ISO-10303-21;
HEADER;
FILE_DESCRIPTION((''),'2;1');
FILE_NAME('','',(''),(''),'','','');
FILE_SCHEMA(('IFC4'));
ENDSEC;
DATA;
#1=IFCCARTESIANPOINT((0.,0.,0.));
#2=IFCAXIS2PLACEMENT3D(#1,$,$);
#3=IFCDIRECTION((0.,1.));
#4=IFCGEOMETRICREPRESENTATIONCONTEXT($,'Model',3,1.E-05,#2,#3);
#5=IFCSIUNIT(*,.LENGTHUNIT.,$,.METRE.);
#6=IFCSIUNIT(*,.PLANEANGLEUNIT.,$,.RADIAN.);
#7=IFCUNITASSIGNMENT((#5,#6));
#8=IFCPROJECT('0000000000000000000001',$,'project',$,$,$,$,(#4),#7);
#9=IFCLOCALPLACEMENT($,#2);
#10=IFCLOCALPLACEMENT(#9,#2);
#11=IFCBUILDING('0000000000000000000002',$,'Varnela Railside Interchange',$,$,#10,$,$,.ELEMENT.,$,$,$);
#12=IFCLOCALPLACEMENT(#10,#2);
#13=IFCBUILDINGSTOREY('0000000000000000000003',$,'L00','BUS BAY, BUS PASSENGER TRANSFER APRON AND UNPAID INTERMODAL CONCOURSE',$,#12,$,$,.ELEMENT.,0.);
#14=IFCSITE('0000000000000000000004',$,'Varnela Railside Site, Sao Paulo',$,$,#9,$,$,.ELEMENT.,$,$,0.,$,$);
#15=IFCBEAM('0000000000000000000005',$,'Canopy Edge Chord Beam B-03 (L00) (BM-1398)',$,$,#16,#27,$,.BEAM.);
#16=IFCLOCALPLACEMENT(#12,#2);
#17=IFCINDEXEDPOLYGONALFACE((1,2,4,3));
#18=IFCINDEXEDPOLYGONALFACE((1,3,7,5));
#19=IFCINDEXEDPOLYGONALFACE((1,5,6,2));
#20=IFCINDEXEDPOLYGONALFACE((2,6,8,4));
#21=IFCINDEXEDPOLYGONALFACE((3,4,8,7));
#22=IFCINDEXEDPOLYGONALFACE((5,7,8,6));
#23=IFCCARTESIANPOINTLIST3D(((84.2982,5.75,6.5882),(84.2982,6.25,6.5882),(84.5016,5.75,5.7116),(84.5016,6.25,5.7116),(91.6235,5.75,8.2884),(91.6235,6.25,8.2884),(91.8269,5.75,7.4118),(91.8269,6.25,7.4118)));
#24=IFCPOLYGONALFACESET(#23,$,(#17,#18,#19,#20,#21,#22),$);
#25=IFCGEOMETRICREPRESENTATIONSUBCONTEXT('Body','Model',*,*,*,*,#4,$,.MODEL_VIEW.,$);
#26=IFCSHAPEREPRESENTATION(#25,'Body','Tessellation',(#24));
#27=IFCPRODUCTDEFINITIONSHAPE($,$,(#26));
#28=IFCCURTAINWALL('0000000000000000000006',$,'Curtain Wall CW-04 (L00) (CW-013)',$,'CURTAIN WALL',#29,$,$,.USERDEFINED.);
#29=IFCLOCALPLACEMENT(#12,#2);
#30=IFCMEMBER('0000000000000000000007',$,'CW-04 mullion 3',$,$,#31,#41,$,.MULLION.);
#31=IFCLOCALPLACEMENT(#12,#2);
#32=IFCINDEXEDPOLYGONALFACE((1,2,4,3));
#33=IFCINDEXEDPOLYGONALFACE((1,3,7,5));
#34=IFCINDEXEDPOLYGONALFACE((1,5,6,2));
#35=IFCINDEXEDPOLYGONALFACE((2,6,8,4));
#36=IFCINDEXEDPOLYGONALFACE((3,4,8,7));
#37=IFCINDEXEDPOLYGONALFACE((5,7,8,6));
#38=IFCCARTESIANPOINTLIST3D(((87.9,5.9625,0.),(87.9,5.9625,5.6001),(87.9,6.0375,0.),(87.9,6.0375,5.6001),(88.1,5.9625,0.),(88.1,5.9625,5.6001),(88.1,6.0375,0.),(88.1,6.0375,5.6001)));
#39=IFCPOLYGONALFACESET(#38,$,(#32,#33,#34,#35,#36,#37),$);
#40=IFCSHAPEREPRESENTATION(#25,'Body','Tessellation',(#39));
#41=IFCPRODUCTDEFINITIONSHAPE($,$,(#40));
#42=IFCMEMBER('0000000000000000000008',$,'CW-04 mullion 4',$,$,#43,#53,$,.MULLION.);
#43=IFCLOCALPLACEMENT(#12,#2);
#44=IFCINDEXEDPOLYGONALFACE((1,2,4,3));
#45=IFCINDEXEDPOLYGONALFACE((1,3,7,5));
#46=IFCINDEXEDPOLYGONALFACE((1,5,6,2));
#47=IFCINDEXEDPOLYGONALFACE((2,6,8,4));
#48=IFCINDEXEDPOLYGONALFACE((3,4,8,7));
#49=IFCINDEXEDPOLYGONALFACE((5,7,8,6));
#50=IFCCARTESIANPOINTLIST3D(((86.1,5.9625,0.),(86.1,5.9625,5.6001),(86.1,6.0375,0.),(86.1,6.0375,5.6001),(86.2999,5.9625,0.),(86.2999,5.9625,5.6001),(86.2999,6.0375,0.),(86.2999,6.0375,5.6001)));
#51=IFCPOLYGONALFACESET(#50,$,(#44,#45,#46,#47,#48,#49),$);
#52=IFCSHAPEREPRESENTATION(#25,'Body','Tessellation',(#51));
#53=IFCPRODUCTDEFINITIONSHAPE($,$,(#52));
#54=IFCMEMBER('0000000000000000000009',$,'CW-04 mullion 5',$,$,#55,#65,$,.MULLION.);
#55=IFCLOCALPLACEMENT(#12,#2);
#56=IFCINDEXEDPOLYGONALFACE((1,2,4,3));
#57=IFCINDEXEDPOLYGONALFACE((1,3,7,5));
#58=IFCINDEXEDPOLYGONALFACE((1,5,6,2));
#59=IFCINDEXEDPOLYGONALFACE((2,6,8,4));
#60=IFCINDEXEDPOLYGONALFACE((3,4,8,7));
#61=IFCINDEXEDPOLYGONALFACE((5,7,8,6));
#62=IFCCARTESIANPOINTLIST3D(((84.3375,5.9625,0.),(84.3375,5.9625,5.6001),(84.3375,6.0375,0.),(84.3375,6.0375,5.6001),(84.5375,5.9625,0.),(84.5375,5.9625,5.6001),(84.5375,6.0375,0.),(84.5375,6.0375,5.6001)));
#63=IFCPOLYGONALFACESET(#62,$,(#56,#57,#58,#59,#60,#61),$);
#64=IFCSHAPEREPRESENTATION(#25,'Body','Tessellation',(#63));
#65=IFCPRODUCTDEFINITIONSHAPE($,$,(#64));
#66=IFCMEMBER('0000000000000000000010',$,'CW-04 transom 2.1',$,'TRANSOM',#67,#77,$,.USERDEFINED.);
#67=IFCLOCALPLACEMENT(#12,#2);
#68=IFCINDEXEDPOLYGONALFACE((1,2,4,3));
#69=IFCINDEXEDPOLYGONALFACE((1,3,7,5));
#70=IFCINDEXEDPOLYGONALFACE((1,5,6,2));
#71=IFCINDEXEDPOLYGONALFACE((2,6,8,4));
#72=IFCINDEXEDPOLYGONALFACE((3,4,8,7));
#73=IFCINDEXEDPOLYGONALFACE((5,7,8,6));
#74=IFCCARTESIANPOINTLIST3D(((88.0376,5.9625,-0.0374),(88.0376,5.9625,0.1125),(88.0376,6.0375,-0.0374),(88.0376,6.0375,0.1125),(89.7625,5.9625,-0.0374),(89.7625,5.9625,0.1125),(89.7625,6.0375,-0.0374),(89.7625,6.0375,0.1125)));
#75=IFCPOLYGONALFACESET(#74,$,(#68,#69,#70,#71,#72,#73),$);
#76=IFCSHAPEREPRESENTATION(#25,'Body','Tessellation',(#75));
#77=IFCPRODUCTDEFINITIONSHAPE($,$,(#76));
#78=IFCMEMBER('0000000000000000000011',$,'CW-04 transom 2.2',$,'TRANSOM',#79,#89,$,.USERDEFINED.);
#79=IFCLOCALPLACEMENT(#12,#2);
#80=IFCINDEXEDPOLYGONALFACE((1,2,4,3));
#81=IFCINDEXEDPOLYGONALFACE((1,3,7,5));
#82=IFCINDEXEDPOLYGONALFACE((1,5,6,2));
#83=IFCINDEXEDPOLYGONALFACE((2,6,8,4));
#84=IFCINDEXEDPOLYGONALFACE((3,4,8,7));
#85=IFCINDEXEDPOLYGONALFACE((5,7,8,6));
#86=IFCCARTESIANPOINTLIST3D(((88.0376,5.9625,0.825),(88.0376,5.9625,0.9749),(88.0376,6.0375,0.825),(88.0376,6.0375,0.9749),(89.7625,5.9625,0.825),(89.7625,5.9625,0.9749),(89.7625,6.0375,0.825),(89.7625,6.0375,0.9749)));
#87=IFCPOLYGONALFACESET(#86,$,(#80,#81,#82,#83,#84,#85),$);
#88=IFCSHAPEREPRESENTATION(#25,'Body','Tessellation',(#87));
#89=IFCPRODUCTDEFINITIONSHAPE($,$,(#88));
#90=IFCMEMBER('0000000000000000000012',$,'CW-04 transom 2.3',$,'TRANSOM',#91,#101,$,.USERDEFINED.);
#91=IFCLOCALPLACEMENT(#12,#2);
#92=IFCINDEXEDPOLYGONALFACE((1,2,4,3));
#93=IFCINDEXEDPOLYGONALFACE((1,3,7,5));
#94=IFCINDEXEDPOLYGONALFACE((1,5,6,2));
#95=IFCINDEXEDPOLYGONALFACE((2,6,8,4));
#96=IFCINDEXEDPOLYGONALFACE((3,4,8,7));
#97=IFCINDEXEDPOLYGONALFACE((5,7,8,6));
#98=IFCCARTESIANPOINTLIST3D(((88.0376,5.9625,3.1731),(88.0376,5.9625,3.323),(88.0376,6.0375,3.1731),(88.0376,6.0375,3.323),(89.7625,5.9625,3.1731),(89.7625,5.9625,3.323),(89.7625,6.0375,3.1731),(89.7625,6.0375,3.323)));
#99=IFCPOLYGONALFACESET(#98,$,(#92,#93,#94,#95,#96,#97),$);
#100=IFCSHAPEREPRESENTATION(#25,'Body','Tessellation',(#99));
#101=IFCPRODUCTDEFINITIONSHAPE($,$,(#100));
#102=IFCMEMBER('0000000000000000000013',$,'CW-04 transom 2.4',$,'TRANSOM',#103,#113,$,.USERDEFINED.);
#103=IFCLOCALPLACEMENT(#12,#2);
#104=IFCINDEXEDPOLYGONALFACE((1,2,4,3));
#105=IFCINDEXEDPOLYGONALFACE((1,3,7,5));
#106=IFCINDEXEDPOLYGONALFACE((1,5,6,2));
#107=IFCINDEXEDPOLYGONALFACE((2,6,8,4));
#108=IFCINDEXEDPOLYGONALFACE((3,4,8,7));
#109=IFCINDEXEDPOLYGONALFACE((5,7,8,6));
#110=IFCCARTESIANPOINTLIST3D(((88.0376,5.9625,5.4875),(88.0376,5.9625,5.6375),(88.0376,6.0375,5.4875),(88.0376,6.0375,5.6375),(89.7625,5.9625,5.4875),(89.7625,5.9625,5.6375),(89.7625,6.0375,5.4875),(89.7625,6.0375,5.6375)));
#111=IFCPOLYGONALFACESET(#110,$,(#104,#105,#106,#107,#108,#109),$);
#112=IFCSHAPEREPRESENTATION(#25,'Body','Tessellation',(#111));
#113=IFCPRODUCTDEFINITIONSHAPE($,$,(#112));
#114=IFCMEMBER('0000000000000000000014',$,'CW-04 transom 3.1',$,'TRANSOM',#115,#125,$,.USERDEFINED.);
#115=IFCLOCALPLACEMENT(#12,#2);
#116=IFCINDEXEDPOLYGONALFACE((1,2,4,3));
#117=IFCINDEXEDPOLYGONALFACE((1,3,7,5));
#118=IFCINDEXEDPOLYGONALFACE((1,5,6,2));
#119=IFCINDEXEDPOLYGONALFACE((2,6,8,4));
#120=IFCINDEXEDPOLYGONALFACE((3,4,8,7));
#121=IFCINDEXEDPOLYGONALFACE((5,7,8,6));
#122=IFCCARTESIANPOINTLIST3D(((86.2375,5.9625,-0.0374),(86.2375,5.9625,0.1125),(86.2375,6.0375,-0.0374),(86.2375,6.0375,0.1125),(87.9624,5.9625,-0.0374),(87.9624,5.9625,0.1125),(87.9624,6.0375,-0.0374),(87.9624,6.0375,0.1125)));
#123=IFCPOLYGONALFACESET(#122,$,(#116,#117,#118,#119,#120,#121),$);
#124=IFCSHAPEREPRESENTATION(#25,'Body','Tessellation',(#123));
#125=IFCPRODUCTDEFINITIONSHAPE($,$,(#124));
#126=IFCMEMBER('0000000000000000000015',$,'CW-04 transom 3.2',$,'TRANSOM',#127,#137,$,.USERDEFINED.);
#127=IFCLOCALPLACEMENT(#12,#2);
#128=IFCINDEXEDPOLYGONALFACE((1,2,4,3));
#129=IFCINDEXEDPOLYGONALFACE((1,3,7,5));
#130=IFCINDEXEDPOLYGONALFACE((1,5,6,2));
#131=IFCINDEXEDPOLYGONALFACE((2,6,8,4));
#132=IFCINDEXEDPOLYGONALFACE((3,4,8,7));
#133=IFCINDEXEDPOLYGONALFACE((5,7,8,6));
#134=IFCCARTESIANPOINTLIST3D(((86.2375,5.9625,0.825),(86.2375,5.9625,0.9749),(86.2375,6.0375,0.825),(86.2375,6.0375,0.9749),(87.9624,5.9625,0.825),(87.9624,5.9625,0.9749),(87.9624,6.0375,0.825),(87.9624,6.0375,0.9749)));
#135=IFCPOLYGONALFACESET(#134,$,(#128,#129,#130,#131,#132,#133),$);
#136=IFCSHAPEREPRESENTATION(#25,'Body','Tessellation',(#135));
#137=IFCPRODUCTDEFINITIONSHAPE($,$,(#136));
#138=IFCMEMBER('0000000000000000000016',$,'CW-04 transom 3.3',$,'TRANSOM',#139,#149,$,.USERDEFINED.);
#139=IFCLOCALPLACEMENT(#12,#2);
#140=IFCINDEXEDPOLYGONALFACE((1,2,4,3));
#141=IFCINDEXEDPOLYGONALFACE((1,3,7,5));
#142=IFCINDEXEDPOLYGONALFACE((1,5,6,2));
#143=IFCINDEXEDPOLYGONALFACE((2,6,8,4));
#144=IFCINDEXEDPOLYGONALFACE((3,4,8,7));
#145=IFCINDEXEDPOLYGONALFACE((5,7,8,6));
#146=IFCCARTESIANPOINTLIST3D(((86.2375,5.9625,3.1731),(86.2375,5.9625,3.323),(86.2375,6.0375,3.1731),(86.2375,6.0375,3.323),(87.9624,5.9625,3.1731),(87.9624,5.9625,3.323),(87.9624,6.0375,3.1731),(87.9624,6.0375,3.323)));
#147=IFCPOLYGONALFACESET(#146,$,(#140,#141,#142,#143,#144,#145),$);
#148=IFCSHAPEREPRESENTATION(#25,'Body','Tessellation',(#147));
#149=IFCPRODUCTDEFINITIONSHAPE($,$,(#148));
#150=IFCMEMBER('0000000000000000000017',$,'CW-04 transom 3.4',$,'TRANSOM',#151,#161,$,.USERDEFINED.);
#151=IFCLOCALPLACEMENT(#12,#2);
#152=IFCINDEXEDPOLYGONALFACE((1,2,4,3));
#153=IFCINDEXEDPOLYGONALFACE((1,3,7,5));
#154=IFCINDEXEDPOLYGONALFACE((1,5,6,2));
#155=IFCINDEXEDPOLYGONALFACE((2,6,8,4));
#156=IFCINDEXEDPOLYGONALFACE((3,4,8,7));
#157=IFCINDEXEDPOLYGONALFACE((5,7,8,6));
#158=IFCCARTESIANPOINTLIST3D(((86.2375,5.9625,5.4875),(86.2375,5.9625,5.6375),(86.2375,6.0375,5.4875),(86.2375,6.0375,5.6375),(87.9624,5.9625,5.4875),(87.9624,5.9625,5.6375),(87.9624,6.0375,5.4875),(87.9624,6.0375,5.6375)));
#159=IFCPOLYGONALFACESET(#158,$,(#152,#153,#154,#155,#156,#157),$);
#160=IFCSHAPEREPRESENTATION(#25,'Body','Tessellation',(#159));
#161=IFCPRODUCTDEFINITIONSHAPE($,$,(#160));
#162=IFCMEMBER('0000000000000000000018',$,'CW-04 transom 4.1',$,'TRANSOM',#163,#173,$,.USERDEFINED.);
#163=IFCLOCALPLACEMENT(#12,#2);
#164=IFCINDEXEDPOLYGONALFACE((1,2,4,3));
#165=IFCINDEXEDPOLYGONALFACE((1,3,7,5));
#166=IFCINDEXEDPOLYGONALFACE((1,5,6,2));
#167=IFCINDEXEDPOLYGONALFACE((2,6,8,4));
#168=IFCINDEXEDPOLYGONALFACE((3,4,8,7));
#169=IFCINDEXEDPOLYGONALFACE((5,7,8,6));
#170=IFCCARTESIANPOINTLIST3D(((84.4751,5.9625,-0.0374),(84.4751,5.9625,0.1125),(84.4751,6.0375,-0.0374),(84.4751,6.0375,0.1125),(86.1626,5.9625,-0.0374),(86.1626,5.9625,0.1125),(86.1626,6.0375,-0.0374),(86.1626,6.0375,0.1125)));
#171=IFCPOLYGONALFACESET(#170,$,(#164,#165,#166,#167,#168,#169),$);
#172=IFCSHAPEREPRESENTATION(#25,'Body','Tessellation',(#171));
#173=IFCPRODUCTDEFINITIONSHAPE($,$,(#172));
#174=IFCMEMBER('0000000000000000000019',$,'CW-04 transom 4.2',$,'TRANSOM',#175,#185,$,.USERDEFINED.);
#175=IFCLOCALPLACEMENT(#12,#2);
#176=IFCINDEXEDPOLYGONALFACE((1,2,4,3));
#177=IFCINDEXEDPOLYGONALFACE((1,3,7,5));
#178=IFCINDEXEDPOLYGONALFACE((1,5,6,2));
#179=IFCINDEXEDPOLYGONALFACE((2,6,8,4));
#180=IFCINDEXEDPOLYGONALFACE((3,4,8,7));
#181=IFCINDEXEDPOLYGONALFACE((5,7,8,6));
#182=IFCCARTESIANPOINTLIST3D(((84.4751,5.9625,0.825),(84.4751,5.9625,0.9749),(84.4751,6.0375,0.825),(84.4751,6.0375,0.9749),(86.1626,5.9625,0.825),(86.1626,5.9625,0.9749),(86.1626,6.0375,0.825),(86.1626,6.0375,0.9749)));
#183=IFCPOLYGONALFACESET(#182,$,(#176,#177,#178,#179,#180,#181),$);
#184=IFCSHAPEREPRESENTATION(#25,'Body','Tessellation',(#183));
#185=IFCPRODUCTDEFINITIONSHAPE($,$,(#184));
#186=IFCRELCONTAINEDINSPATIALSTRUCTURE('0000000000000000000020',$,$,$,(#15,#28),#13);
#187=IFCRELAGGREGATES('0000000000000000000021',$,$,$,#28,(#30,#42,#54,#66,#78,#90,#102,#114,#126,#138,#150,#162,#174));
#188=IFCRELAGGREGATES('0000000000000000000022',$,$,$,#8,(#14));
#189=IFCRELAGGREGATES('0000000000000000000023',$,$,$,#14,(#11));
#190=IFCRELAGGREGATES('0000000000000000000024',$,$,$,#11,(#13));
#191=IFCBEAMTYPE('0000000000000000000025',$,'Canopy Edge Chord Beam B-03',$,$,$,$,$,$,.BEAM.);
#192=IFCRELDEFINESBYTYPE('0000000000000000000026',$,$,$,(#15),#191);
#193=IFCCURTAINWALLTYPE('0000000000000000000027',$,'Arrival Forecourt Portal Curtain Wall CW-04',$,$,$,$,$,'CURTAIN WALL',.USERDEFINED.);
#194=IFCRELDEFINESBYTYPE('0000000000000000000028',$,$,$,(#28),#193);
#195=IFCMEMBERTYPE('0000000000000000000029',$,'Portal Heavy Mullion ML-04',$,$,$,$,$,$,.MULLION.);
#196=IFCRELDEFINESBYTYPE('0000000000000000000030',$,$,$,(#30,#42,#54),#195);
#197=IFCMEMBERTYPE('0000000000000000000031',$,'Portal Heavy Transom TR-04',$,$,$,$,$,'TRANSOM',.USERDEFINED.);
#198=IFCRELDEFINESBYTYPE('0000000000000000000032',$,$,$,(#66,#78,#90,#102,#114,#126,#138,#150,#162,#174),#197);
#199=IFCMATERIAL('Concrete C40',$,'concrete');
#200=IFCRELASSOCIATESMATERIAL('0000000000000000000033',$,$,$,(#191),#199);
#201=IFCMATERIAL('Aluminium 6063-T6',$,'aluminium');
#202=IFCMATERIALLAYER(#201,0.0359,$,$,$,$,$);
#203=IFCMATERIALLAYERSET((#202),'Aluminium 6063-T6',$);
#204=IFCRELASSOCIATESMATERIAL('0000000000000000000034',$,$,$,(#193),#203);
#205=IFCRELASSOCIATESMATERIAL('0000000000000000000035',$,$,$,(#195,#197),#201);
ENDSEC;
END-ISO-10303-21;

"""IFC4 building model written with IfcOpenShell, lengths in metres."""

from ifc_helpers import new_model, si_unit, direction, frame, origin, origin_2d, place, context, subcontext, project, spatial, rectangle, extrude, material, layer, layer_set, material_profile, profile_set, type_object, element, aggregate, save


model = new_model("IFC4")

# Units and contexts
model_context = context("Model", 3, precision=1e-05, world=origin(), true_north=direction((0.0, 1.0)))
body_context = subcontext(model_context, "Body", "Model", "MODEL_VIEW")
ifc_project = project(units=[si_unit("LENGTHUNIT", "METRE"), si_unit("PLANEANGLEUNIT", "RADIAN")], contexts=[model_context])

# Site, building, storey
site_placement = place(None, origin())
site = spatial("IfcSite", under=ifc_project, at=site_placement, Name="Varnela Railside Site, Sao Paulo", CompositionType="ELEMENT", RefElevation=0.0)
building_placement = place(site_placement, origin())
building = spatial("IfcBuilding", under=site, at=building_placement, Name="Varnela Railside Interchange", CompositionType="ELEMENT")
storey_placement = place(building_placement, origin())
storey = spatial("IfcBuildingStorey", under=building, at=storey_placement, Name="L00", Description="BUS BAY, BUS PASSENGER TRANSFER APRON AND UNPAID INTERMODAL CONCOURSE", CompositionType="ELEMENT", Elevation=0.0)

# Beam
ifc_material_1 = material(Name="Concrete C40", Category="concrete")
ifc_material_profile_1 = material_profile(ifc_material_1, rectangle(XDim=0.5, YDim=0.8999, at=origin_2d()), Name="RC 500x900")
ifc_profile_set_1 = profile_set([ifc_material_profile_1], Name="Concrete C40")
beam_type = type_object("IfcBeamType", Name="Canopy Edge Chord Beam B-03", PredefinedType="BEAM", material=ifc_profile_set_1)
beam_placement = place(storey_placement, frame((84.3999, 6.0, 6.1499), z_axis=(0.974106, 0.0, 0.226092), x_axis=(0.0, 1.0, 0.0)))
element("IfcBeam", 1, at=beam_placement, inside=storey, type_object=beam_type, Name="Canopy Edge Chord Beam B-03 (L00) (BM-1398)", PredefinedType="BEAM", context=body_context, shape_type="SweptSolid", body=[
    extrude(rectangle(XDim=0.5, YDim=0.8999, at=origin_2d()), origin(), (0.0, 0.0, 1.0), 7.52),
])

# Curtain wall, members
ifc_material_2 = material(Name="Aluminium 6063-T6", Category="aluminium")
ifc_layer_1 = layer(ifc_material_2, 0.0359)
ifc_layer_set_1 = layer_set([ifc_layer_1], Name="Aluminium 6063-T6")
curtain_wall_type = type_object("IfcCurtainWallType", Name="Arrival Forecourt Portal Curtain Wall CW-04", ElementType="CURTAIN WALL", PredefinedType="USERDEFINED", material=ifc_layer_set_1)
curtain_wall_placement = place(storey_placement, origin())
curtain_wall = element("IfcCurtainWall", 2, at=curtain_wall_placement, inside=storey, type_object=curtain_wall_type, Name="Curtain Wall CW-04 (L00) (CW-013)", ObjectType="CURTAIN WALL", PredefinedType="USERDEFINED")
ifc_material_profile_2 = material_profile(ifc_material_2, rectangle(XDim=0.075, YDim=0.2, at=origin_2d()), Name="ALU 75x200")
ifc_profile_set_2 = profile_set([ifc_material_profile_2], Name="Aluminium 6063-T6")
member_type_1 = type_object("IfcMemberType", Name="Portal Heavy Mullion ML-04", PredefinedType="MULLION", material=ifc_profile_set_2)
member_1_placement = place(storey_placement, frame((88.0, 6.0, 0.0), z_axis=(0.0, 0.0, 1.0), x_axis=(0.0, -1.0, 0.0)))
member_1 = element("IfcMember", 3, at=member_1_placement, type_object=member_type_1, Name="CW-04 mullion 3", PredefinedType="MULLION", context=body_context, shape_type="SweptSolid", body=[
    extrude(rectangle(XDim=0.075, YDim=0.2, at=origin_2d()), origin(), (0.0, 0.0, 1.0), 5.6001),
])
member_2_placement = place(storey_placement, frame((86.2, 6.0, 0.0), z_axis=(0.0, 0.0, 1.0), x_axis=(0.0, -1.0, 0.0)))
member_2 = element("IfcMember", 4, at=member_2_placement, type_object=member_type_1, Name="CW-04 mullion 4", PredefinedType="MULLION", context=body_context, shape_type="SweptSolid", body=[
    extrude(rectangle(XDim=0.075, YDim=0.2, at=origin_2d()), origin(), (0.0, 0.0, 1.0), 5.6001),
])
member_3_placement = place(storey_placement, frame((84.4375, 6.0, 0.0), z_axis=(0.0, 0.0, 1.0), x_axis=(0.0, -1.0, 0.0)))
member_3 = element("IfcMember", 5, at=member_3_placement, type_object=member_type_1, Name="CW-04 mullion 5", PredefinedType="MULLION", context=body_context, shape_type="SweptSolid", body=[
    extrude(rectangle(XDim=0.075, YDim=0.2, at=origin_2d()), origin(), (0.0, 0.0, 1.0), 5.6001),
])
ifc_material_profile_3 = material_profile(ifc_material_2, rectangle(XDim=0.075, YDim=0.1499, at=origin_2d()), Name="ALU 75x150")
ifc_profile_set_3 = profile_set([ifc_material_profile_3], Name="Aluminium 6063-T6")
member_type_2 = type_object("IfcMemberType", Name="Portal Heavy Transom TR-04", ElementType="TRANSOM", PredefinedType="USERDEFINED", material=ifc_profile_set_3)
member_4_placement = place(storey_placement, frame((89.7625, 6.0, 0.0376), z_axis=(-1.0, 0.0, 0.0), x_axis=(0.0, -1.0, 0.0)))
member_4 = element("IfcMember", 6, at=member_4_placement, type_object=member_type_2, Name="CW-04 transom 2.1", ObjectType="TRANSOM", PredefinedType="USERDEFINED", context=body_context, shape_type="SweptSolid", body=[
    extrude(rectangle(XDim=0.075, YDim=0.1499, at=origin_2d()), origin(), (0.0, 0.0, 1.0), 1.7249),
])
member_5_placement = place(storey_placement, frame((89.7625, 6.0, 0.8999), z_axis=(-1.0, 0.0, 0.0), x_axis=(0.0, -1.0, 0.0)))
member_5 = element("IfcMember", 7, at=member_5_placement, type_object=member_type_2, Name="CW-04 transom 2.2", ObjectType="TRANSOM", PredefinedType="USERDEFINED", context=body_context, shape_type="SweptSolid", body=[
    extrude(rectangle(XDim=0.075, YDim=0.1499, at=origin_2d()), origin(), (0.0, 0.0, 1.0), 1.7249),
])
member_6_placement = place(storey_placement, frame((89.7625, 6.0, 3.248), z_axis=(-1.0, 0.0, 0.0), x_axis=(0.0, -1.0, 0.0)))
member_6 = element("IfcMember", 8, at=member_6_placement, type_object=member_type_2, Name="CW-04 transom 2.3", ObjectType="TRANSOM", PredefinedType="USERDEFINED", context=body_context, shape_type="SweptSolid", body=[
    extrude(rectangle(XDim=0.075, YDim=0.1499, at=origin_2d()), origin(), (0.0, 0.0, 1.0), 1.7249),
])
member_7_placement = place(storey_placement, frame((89.7625, 6.0, 5.5625), z_axis=(-1.0, 0.0, 0.0), x_axis=(0.0, -1.0, 0.0)))
member_7 = element("IfcMember", 9, at=member_7_placement, type_object=member_type_2, Name="CW-04 transom 2.4", ObjectType="TRANSOM", PredefinedType="USERDEFINED", context=body_context, shape_type="SweptSolid", body=[
    extrude(rectangle(XDim=0.075, YDim=0.1499, at=origin_2d()), origin(), (0.0, 0.0, 1.0), 1.7249),
])
member_8_placement = place(storey_placement, frame((87.9624, 6.0, 0.0376), z_axis=(-1.0, 0.0, 0.0), x_axis=(0.0, -1.0, 0.0)))
member_8 = element("IfcMember", 10, at=member_8_placement, type_object=member_type_2, Name="CW-04 transom 3.1", ObjectType="TRANSOM", PredefinedType="USERDEFINED", context=body_context, shape_type="SweptSolid", body=[
    extrude(rectangle(XDim=0.075, YDim=0.1499, at=origin_2d()), origin(), (0.0, 0.0, 1.0), 1.7249),
])
member_9_placement = place(storey_placement, frame((87.9624, 6.0, 0.8999), z_axis=(-1.0, 0.0, 0.0), x_axis=(0.0, -1.0, 0.0)))
member_9 = element("IfcMember", 11, at=member_9_placement, type_object=member_type_2, Name="CW-04 transom 3.2", ObjectType="TRANSOM", PredefinedType="USERDEFINED", context=body_context, shape_type="SweptSolid", body=[
    extrude(rectangle(XDim=0.075, YDim=0.1499, at=origin_2d()), origin(), (0.0, 0.0, 1.0), 1.7249),
])
member_10_placement = place(storey_placement, frame((87.9624, 6.0, 3.248), z_axis=(-1.0, 0.0, 0.0), x_axis=(0.0, -1.0, 0.0)))
member_10 = element("IfcMember", 12, at=member_10_placement, type_object=member_type_2, Name="CW-04 transom 3.3", ObjectType="TRANSOM", PredefinedType="USERDEFINED", context=body_context, shape_type="SweptSolid", body=[
    extrude(rectangle(XDim=0.075, YDim=0.1499, at=origin_2d()), origin(), (0.0, 0.0, 1.0), 1.7249),
])
member_11_placement = place(storey_placement, frame((87.9624, 6.0, 5.5625), z_axis=(-1.0, 0.0, 0.0), x_axis=(0.0, -1.0, 0.0)))
member_11 = element("IfcMember", 13, at=member_11_placement, type_object=member_type_2, Name="CW-04 transom 3.4", ObjectType="TRANSOM", PredefinedType="USERDEFINED", context=body_context, shape_type="SweptSolid", body=[
    extrude(rectangle(XDim=0.075, YDim=0.1499, at=origin_2d()), origin(), (0.0, 0.0, 1.0), 1.7249),
])
member_12_placement = place(storey_placement, frame((86.1626, 6.0, 0.0376), z_axis=(-1.0, 0.0, 0.0), x_axis=(0.0, -1.0, 0.0)))
member_12 = element("IfcMember", 14, at=member_12_placement, type_object=member_type_2, Name="CW-04 transom 4.1", ObjectType="TRANSOM", PredefinedType="USERDEFINED", context=body_context, shape_type="SweptSolid", body=[
    extrude(rectangle(XDim=0.075, YDim=0.1499, at=origin_2d()), origin(), (0.0, 0.0, 1.0), 1.6875),
])
member_13_placement = place(storey_placement, frame((86.1626, 6.0, 0.8999), z_axis=(-1.0, 0.0, 0.0), x_axis=(0.0, -1.0, 0.0)))
member_13 = element("IfcMember", 15, at=member_13_placement, type_object=member_type_2, Name="CW-04 transom 4.2", ObjectType="TRANSOM", PredefinedType="USERDEFINED", context=body_context, shape_type="SweptSolid", body=[
    extrude(rectangle(XDim=0.075, YDim=0.1499, at=origin_2d()), origin(), (0.0, 0.0, 1.0), 1.6875),
])
aggregate(curtain_wall, [member_1, member_2, member_3, member_4, member_5, member_6, member_7, member_8, member_9, member_10, member_11, member_12, member_13])

save(model, "model.ifc")
